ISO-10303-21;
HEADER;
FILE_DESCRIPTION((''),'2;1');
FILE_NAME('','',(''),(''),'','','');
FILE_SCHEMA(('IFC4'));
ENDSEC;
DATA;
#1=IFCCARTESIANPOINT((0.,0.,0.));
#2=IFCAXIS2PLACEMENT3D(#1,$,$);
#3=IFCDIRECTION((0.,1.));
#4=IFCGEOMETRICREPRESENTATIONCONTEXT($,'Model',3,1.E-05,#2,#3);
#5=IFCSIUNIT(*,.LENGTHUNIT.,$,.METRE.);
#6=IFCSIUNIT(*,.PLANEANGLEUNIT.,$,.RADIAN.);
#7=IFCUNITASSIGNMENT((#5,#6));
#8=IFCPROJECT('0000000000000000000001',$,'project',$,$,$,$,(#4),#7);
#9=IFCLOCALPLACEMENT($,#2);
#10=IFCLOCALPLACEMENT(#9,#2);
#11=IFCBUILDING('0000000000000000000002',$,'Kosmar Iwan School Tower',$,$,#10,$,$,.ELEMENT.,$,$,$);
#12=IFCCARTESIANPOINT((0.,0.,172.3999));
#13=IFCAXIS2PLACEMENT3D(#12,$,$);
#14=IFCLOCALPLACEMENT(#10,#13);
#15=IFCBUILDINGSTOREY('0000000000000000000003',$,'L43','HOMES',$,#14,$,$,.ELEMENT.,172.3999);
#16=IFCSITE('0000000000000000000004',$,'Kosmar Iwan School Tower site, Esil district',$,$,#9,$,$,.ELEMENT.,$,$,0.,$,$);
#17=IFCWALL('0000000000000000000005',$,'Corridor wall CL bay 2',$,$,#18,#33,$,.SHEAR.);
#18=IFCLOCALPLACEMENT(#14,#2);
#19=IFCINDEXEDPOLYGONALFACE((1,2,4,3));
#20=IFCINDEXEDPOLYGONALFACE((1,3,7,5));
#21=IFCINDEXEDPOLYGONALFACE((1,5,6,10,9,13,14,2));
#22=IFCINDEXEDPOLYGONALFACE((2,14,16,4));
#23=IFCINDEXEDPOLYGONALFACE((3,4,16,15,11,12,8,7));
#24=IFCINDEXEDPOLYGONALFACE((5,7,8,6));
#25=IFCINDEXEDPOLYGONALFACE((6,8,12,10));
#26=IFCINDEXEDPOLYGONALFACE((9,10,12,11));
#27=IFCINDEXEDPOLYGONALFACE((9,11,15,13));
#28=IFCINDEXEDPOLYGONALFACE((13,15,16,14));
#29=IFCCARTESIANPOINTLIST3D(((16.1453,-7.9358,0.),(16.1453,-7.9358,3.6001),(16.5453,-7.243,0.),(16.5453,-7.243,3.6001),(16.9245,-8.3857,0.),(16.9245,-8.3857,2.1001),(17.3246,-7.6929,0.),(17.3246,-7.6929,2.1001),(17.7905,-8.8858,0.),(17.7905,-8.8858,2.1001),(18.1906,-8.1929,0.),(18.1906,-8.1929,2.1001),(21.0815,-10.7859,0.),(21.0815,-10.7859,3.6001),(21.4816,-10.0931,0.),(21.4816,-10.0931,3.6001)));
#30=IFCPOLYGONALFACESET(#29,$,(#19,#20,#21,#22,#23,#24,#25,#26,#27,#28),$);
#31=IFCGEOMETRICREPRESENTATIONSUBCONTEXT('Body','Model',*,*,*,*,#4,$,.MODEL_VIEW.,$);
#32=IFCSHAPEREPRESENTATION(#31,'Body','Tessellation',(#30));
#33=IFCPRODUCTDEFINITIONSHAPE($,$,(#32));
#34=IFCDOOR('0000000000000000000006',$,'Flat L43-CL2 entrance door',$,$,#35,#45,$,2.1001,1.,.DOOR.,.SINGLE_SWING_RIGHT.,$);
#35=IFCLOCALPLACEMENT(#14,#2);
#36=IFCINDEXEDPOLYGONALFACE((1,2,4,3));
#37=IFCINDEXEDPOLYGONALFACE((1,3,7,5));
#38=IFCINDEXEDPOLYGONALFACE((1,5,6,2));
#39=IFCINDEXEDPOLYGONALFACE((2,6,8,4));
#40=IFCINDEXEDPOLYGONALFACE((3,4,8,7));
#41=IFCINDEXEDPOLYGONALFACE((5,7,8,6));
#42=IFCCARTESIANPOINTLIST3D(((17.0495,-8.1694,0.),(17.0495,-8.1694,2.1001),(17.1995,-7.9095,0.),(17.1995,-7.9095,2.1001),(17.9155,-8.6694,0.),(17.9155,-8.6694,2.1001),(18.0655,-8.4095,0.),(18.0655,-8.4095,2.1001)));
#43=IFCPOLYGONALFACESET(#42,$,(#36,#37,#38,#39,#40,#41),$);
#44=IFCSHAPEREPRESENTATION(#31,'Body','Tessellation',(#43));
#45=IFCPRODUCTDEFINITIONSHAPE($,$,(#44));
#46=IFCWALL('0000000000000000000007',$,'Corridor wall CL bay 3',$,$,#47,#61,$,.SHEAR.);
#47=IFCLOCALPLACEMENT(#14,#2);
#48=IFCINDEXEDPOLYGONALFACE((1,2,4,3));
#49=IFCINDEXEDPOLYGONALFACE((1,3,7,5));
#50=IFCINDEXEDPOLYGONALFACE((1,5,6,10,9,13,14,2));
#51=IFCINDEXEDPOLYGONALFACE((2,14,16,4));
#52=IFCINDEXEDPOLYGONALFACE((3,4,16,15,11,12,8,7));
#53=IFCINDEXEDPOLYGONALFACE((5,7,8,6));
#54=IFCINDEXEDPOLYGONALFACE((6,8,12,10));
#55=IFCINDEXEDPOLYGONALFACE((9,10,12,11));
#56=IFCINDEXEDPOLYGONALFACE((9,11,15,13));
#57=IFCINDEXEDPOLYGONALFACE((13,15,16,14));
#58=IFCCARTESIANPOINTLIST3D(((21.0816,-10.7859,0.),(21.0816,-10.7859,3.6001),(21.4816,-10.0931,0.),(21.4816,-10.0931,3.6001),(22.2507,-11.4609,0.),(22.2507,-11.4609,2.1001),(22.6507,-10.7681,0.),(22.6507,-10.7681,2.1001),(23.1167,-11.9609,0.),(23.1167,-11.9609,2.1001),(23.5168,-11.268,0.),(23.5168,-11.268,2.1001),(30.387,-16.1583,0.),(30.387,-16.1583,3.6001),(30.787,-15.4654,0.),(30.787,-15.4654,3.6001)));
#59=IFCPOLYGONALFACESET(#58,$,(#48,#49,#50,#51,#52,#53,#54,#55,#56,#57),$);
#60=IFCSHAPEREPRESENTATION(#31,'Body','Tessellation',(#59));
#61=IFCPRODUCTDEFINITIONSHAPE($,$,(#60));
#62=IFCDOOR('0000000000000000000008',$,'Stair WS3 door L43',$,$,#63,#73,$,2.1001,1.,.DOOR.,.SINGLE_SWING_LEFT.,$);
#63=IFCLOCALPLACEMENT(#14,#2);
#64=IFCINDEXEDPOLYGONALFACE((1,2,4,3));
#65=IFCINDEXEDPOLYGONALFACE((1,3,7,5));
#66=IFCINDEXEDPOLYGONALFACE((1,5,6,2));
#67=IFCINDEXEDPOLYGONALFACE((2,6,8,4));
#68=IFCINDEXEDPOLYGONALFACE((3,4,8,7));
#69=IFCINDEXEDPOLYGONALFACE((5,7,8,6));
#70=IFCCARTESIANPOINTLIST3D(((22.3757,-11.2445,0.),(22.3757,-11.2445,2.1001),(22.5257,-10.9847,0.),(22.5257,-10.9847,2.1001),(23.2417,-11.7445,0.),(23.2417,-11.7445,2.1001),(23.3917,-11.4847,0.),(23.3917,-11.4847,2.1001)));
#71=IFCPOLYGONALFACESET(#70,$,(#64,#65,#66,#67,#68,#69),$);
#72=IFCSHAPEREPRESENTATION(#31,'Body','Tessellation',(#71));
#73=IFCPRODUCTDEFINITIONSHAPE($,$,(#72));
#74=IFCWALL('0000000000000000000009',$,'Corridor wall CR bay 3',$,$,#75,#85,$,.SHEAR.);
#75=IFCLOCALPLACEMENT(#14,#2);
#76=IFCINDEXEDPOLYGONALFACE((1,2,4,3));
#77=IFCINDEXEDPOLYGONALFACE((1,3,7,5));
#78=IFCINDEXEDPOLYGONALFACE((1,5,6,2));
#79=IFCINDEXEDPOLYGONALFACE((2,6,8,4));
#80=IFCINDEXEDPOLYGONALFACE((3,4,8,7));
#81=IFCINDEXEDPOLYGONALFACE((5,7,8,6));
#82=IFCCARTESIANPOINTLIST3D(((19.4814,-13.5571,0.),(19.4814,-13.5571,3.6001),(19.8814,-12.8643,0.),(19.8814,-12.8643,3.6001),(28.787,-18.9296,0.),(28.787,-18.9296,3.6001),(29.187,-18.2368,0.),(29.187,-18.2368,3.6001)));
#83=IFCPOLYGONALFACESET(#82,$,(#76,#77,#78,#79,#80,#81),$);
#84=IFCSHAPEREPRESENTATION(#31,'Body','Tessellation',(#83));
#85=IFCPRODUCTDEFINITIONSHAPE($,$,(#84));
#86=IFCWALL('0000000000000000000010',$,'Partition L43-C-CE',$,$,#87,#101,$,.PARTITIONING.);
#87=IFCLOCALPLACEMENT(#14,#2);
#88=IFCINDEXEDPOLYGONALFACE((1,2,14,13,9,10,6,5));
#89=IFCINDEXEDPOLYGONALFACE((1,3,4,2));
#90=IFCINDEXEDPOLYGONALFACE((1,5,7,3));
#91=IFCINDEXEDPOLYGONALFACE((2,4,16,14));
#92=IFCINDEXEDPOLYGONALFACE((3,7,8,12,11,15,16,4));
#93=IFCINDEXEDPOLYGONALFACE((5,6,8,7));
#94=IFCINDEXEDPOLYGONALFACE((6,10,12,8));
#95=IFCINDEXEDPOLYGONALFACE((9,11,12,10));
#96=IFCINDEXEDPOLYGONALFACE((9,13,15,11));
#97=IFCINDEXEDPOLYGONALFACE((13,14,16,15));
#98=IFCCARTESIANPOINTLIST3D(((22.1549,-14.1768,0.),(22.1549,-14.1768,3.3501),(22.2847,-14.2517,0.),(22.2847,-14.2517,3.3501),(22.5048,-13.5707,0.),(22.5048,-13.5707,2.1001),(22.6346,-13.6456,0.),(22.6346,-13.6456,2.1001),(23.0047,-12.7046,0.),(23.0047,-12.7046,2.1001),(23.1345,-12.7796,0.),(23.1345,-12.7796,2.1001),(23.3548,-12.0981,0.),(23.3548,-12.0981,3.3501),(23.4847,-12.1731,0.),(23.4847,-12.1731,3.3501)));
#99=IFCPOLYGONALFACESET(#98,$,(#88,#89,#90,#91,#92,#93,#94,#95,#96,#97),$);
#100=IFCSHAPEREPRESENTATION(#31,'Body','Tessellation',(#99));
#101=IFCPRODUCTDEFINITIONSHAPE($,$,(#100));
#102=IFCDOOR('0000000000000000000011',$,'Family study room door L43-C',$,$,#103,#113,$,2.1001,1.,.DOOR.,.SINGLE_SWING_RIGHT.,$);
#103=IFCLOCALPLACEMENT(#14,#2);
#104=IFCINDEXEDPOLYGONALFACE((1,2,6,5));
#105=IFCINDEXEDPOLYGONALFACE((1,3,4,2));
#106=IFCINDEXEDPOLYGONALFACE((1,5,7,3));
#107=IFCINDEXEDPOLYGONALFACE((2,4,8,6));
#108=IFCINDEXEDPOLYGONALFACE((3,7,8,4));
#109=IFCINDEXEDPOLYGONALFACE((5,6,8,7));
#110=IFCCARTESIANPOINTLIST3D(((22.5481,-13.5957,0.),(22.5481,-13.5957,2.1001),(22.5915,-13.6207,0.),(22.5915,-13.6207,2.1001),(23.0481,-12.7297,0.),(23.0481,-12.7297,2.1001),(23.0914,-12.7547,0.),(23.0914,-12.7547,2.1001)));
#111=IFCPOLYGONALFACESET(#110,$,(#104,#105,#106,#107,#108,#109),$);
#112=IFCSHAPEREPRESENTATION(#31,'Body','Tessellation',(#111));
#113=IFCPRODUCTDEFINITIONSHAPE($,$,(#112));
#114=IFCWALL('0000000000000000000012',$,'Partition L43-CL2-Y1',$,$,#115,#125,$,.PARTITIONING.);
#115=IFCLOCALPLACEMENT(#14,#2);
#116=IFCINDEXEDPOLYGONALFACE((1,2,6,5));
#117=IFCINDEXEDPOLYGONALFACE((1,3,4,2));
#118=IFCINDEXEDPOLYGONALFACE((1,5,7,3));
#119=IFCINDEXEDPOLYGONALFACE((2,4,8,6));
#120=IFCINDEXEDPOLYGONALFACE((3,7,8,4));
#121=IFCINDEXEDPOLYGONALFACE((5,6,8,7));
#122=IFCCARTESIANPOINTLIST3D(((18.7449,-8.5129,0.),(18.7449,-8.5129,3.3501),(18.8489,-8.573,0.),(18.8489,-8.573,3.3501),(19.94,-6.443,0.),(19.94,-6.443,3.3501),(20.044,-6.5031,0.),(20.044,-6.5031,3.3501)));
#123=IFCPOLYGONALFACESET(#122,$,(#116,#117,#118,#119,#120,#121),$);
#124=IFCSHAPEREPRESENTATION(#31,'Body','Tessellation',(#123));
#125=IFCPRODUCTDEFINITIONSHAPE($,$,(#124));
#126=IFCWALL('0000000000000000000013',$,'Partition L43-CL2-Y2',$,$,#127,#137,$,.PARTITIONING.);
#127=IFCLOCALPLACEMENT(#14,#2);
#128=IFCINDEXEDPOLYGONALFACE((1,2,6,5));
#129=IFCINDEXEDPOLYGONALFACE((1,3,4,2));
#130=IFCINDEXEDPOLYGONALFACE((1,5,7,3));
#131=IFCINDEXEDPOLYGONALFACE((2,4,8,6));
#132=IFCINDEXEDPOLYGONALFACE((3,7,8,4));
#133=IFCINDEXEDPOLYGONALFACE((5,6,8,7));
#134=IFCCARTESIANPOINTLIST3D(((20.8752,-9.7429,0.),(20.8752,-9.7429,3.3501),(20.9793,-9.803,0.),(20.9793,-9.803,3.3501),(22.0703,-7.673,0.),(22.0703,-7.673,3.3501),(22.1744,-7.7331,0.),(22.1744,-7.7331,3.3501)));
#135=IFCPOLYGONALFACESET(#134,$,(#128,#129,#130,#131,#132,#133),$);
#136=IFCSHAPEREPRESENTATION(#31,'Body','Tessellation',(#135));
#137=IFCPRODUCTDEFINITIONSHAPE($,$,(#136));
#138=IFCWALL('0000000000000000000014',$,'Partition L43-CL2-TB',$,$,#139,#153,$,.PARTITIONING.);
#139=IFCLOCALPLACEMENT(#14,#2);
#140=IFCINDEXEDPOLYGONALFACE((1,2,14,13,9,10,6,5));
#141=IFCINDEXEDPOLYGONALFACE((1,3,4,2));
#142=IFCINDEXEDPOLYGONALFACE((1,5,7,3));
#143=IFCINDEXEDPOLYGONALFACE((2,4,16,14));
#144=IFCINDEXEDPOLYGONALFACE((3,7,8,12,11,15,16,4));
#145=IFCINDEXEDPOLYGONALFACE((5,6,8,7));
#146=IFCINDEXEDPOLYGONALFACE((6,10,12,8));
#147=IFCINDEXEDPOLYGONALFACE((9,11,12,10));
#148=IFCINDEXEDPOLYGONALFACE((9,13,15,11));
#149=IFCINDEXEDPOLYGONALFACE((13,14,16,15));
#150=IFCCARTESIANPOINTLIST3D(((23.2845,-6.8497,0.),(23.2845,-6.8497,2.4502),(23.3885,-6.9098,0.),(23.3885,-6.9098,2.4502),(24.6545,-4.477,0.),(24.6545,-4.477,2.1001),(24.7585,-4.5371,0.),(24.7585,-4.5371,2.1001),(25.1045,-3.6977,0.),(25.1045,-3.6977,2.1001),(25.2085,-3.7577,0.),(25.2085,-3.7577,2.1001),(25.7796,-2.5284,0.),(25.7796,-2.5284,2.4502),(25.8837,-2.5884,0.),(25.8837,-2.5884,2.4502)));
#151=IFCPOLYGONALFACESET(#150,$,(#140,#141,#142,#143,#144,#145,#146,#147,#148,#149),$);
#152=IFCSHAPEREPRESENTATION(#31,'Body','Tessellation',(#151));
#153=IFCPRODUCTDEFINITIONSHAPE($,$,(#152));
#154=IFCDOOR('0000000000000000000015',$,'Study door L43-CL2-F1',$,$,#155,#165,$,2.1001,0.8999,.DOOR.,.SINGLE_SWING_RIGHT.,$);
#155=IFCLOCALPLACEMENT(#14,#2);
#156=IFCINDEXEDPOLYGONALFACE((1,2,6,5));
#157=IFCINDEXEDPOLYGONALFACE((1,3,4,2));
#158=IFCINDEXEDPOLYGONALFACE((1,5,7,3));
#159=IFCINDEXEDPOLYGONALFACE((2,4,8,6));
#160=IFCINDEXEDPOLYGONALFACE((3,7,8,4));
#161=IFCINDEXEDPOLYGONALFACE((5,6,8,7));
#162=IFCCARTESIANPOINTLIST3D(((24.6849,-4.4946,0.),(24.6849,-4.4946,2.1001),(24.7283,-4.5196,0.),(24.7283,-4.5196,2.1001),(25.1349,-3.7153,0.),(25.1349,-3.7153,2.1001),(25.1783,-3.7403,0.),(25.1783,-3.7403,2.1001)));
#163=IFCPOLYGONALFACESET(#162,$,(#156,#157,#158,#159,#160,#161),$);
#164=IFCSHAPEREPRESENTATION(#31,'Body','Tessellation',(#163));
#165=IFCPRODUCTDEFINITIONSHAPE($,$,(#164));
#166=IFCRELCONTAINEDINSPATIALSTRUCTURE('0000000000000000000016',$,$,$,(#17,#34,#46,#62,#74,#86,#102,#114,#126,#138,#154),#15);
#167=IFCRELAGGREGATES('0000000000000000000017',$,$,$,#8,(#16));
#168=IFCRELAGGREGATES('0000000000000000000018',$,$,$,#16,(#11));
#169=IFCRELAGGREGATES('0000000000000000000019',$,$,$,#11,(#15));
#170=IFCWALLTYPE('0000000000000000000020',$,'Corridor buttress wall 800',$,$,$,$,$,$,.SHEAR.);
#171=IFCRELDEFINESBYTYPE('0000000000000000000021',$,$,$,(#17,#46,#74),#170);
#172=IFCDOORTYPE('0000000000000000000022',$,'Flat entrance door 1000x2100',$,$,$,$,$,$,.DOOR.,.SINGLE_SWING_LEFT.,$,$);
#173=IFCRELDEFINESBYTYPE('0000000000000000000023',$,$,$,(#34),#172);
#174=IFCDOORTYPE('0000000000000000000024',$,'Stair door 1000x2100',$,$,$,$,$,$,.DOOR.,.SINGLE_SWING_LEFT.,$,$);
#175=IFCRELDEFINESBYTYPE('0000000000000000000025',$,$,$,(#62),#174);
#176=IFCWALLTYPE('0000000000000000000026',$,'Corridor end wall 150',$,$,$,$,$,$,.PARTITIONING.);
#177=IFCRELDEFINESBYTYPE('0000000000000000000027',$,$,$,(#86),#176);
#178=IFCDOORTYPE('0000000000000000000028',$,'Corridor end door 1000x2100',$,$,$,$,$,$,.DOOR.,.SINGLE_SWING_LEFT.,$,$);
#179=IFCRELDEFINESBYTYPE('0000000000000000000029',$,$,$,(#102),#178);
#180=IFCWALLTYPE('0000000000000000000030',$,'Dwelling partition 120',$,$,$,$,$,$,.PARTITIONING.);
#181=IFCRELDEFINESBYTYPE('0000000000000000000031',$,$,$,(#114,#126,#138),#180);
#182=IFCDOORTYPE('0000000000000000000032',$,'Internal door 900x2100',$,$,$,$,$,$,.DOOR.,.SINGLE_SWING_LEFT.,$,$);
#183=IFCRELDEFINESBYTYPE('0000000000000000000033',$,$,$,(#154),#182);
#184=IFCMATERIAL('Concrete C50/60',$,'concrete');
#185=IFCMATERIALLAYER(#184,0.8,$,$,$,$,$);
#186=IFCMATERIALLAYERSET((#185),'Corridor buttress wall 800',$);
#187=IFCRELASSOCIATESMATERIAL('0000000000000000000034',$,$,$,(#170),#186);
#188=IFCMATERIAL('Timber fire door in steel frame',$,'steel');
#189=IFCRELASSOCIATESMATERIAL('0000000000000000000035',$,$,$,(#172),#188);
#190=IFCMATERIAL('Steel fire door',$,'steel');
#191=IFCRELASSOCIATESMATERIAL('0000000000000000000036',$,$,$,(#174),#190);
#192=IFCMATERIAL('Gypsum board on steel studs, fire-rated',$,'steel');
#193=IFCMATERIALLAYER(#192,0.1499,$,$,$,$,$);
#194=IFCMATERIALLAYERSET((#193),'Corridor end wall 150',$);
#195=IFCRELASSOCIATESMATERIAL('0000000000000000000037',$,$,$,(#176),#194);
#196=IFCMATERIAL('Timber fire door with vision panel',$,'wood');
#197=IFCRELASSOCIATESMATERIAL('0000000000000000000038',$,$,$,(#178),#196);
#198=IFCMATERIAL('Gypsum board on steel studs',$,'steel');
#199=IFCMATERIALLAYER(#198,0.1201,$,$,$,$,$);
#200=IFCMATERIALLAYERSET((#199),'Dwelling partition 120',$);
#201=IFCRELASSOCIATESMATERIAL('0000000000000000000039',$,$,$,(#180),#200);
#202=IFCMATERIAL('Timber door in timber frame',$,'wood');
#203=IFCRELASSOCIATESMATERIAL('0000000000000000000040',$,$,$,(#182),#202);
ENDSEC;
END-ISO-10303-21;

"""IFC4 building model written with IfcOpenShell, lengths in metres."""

from ifc_helpers import new_model, si_unit, direction, frame, frame_2d, origin, place, context, subcontext, project, spatial, rectangle, extrude, material, layer, layer_set, type_object, element, fill, save


model = new_model("IFC4")

# Units and contexts
model_context = context("Model", 3, precision=1e-05, world=origin(), true_north=direction((0.0, 1.0)))
body_context = subcontext(model_context, "Body", "Model", "MODEL_VIEW")
ifc_project = project(units=[si_unit("LENGTHUNIT", "METRE"), si_unit("PLANEANGLEUNIT", "RADIAN")], contexts=[model_context])

# Site, building, storey
site_placement = place(None, origin())
site = spatial("IfcSite", under=ifc_project, at=site_placement, Name="Kosmar Iwan School Tower site, Esil district", CompositionType="ELEMENT", RefElevation=0.0)
building_placement = place(site_placement, origin())
building = spatial("IfcBuilding", under=site, at=building_placement, Name="Kosmar Iwan School Tower", CompositionType="ELEMENT")
storey_placement = place(building_placement, frame((0.0, 0.0, 172.3999)))
storey = spatial("IfcBuildingStorey", under=building, at=storey_placement, Name="L43", Description="HOMES", CompositionType="ELEMENT", Elevation=172.3999)

# Walls, openings, doors
ifc_material_1 = material(Name="Concrete C50/60", Category="concrete")
ifc_layer_1 = layer(ifc_material_1, 0.8)
ifc_layer_set_1 = layer_set([ifc_layer_1], Name="Corridor buttress wall 800")
wall_type_1 = type_object("IfcWallType", Name="Corridor buttress wall 800", PredefinedType="SHEAR", material=ifc_layer_set_1)
wall_1_placement = place(storey_placement, frame((16.3452, -7.5894, 0.0), z_axis=(0.0, 0.0, 1.0), x_axis=(0.866015, -0.500018, 0.0)))
wall_1 = element("IfcWall", 1, at=wall_1_placement, inside=storey, type_object=wall_type_1, Name="Corridor wall CL bay 2", PredefinedType="SHEAR", context=body_context, shape_type="SweptSolid", body=[
    extrude(rectangle(XDim=5.7, YDim=0.8, at=frame_2d((2.8501, 0.0))), origin(), (0.0, 0.0, 1.0), 3.6001),
])
opening_1_placement = place(wall_1_placement, frame((0.8999, 0.0, 0.0)))
opening_1 = element("IfcOpeningElement", 2, at=opening_1_placement, cuts=wall_1, PredefinedType="OPENING", context=body_context, shape_type="SweptSolid", body=[
    extrude(rectangle(XDim=1.0, YDim=2.1001, at=frame_2d((0.5, 1.05))), frame((0.0, 0.4121, 0.0), z_axis=(0.0, -1.0, 0.0), x_axis=(1.0, 0.0, 0.0)), (0.0, 0.0, 1.0), 0.824),
])
ifc_material_2 = material(Name="Timber fire door in steel frame", Category="steel")
door_type_1 = type_object("IfcDoorType", Name="Flat entrance door 1000x2100", OperationType="SINGLE_SWING_LEFT", PredefinedType="DOOR", material=ifc_material_2)
door_1_placement = place(opening_1_placement, origin())
door_1 = element("IfcDoor", 3, at=door_1_placement, inside=storey, type_object=door_type_1, Name="Flat L43-CL2 entrance door", OperationType="SINGLE_SWING_RIGHT", OverallHeight=2.1001, OverallWidth=1.0, PredefinedType="DOOR", context=body_context, shape_type="SweptSolid", body=[
    extrude(rectangle(XDim=1.0, YDim=2.1001, at=frame_2d((0.5, 1.05))), frame((0.0, 0.1499, 0.0), z_axis=(0.0, -1.0, 0.0), x_axis=(1.0, 0.0, 0.0)), (0.0, 0.0, 1.0), 0.3),
])
fill(opening_1, door_1)
wall_2_placement = place(storey_placement, frame((21.2815, -10.4395, 0.0), z_axis=(0.0, 0.0, 1.0), x_axis=(0.866032, -0.499988, 0.0)))
wall_2 = element("IfcWall", 4, at=wall_2_placement, inside=storey, type_object=wall_type_1, Name="Corridor wall CL bay 3", PredefinedType="SHEAR", context=body_context, shape_type="SweptSolid", body=[
    extrude(rectangle(XDim=10.7449, YDim=0.8, at=frame_2d((5.3726, 0.0))), origin(), (0.0, 0.0, 1.0), 3.6001),
])
opening_2_placement = place(wall_2_placement, frame((1.3501, 0.0, 0.0)))
opening_2 = element("IfcOpeningElement", 5, at=opening_2_placement, cuts=wall_2, PredefinedType="OPENING", context=body_context, shape_type="SweptSolid", body=[
    extrude(rectangle(XDim=1.0, YDim=2.1001, at=frame_2d((0.5, 1.05))), frame((0.0, 0.4121, 0.0), z_axis=(0.0, -1.0, 0.0), x_axis=(1.0, 0.0, 0.0)), (0.0, 0.0, 1.0), 0.824),
])
ifc_material_3 = material(Name="Steel fire door", Category="steel")
door_type_2 = type_object("IfcDoorType", Name="Stair door 1000x2100", OperationType="SINGLE_SWING_LEFT", PredefinedType="DOOR", material=ifc_material_3)
door_2_placement = place(opening_2_placement, origin())
door_2 = element("IfcDoor", 6, at=door_2_placement, inside=storey, type_object=door_type_2, Name="Stair WS3 door L43", OperationType="SINGLE_SWING_LEFT", OverallHeight=2.1001, OverallWidth=1.0, PredefinedType="DOOR", context=body_context, shape_type="SweptSolid", body=[
    extrude(rectangle(XDim=1.0, YDim=2.1001, at=frame_2d((0.5, 1.05))), frame((0.0, 0.1499, 0.0), z_axis=(0.0, -1.0, 0.0), x_axis=(1.0, 0.0, 0.0)), (0.0, 0.0, 1.0), 0.3),
])
fill(opening_2, door_2)

# Wall
wall_3_placement = place(storey_placement, frame((19.6814, -13.2107, 0.0), z_axis=(0.0, 0.0, 1.0), x_axis=(0.866028, -0.499995, 0.0)))
element("IfcWall", 7, at=wall_3_placement, inside=storey, type_object=wall_type_1, Name="Corridor wall CR bay 3", PredefinedType="SHEAR", context=body_context, shape_type="SweptSolid", body=[
    extrude(rectangle(XDim=10.7451, YDim=0.8, at=frame_2d((5.3726, 0.0))), origin(), (0.0, 0.0, 1.0), 3.6001),
])

# Wall, opening, door
ifc_material_4 = material(Name="Gypsum board on steel studs, fire-rated", Category="steel")
ifc_layer_2 = layer(ifc_material_4, 0.1499)
ifc_layer_set_2 = layer_set([ifc_layer_2], Name="Corridor end wall 150")
wall_type_2 = type_object("IfcWallType", Name="Corridor end wall 150", PredefinedType="PARTITIONING", material=ifc_layer_set_2)
wall_4_placement = place(storey_placement, frame((22.2197, -14.2144, 0.0), z_axis=(0.0, 0.0, 1.0), x_axis=(0.499957, 0.86605, 0.0)))
wall_4 = element("IfcWall", 8, at=wall_4_placement, inside=storey, type_object=wall_type_2, Name="Partition L43-C-CE", PredefinedType="PARTITIONING", context=body_context, shape_type="SweptSolid", body=[
    extrude(rectangle(XDim=2.4001, YDim=0.1499, at=frame_2d((1.2002, 0.0))), origin(), (0.0, 0.0, 1.0), 3.3501),
])
opening_3_placement = place(wall_4_placement, frame((0.7, 0.0, 0.0)))
opening_3 = element("IfcOpeningElement", 9, at=opening_3_placement, cuts=wall_4, PredefinedType="OPENING", context=body_context, shape_type="SweptSolid", body=[
    extrude(rectangle(XDim=1.0, YDim=2.1001, at=frame_2d((0.5, 1.05))), frame((0.0, 0.0869, 0.0), z_axis=(0.0, -1.0, 0.0), x_axis=(1.0, 0.0, 0.0)), (0.0, 0.0, 1.0), 0.1738),
])
ifc_material_5 = material(Name="Timber fire door with vision panel", Category="wood")
door_type_3 = type_object("IfcDoorType", Name="Corridor end door 1000x2100", OperationType="SINGLE_SWING_LEFT", PredefinedType="DOOR", material=ifc_material_5)
door_3_placement = place(opening_3_placement, origin())
door_3 = element("IfcDoor", 10, at=door_3_placement, inside=storey, type_object=door_type_3, Name="Family study room door L43-C", OperationType="SINGLE_SWING_RIGHT", OverallHeight=2.1001, OverallWidth=1.0, PredefinedType="DOOR", context=body_context, shape_type="SweptSolid", body=[
    extrude(rectangle(XDim=1.0, YDim=2.1001, at=frame_2d((0.5, 1.05))), frame((0.0, 0.0249, 0.0), z_axis=(0.0, -1.0, 0.0), x_axis=(1.0, 0.0, 0.0)), (0.0, 0.0, 1.0), 0.05),
])
fill(opening_3, door_3)

# Walls
ifc_material_6 = material(Name="Gypsum board on steel studs", Category="steel")
ifc_layer_3 = layer(ifc_material_6, 0.1201)
ifc_layer_set_3 = layer_set([ifc_layer_3], Name="Dwelling partition 120")
wall_type_3 = type_object("IfcWallType", Name="Dwelling partition 120", PredefinedType="PARTITIONING", material=ifc_layer_set_3)
for number, where, z_axis, x_axis, name in (
    (11, (18.7969, -8.543, 0.0), (0.0, 0.0, 1.0), (0.500017, 0.866015, 0.0), "Partition L43-CL2-Y1"),
    (12, (20.9272, -9.7729, 0.0), (0.0, 0.0, 1.0), (0.500017, 0.866015, 0.0), "Partition L43-CL2-Y2"),
):
    element("IfcWall", number, at=place(storey_placement, frame(where, z_axis=z_axis, x_axis=x_axis)), inside=storey, type_object=wall_type_3, Name=name, PredefinedType="PARTITIONING", context=body_context, shape_type="SweptSolid", body=[
        extrude(rectangle(XDim=2.3901, YDim=0.1201, at=frame_2d((1.1951, 0.0))), origin(), (0.0, 0.0, 1.0), 3.3501),
    ])

# Wall, opening, door
wall_5_placement = place(storey_placement, frame((23.3364, -6.8799, 0.0), z_axis=(0.0, 0.0, 1.0), x_axis=(0.500033, 0.866006, 0.0)))
wall_5 = element("IfcWall", 13, at=wall_5_placement, inside=storey, type_object=wall_type_3, Name="Partition L43-CL2-TB", PredefinedType="PARTITIONING", context=body_context, shape_type="SweptSolid", body=[
    extrude(rectangle(XDim=4.99, YDim=0.1201, at=frame_2d((2.4951, 0.0))), origin(), (0.0, 0.0, 1.0), 2.4502),
])
opening_4_placement = place(wall_5_placement, frame((2.74, 0.0, 0.0)))
opening_4 = element("IfcOpeningElement", 14, at=opening_4_placement, cuts=wall_5, PredefinedType="OPENING", context=body_context, shape_type="SweptSolid", body=[
    extrude(rectangle(XDim=0.8999, YDim=2.1001, at=frame_2d((0.45, 1.05))), frame((0.0, 0.072, 0.0), z_axis=(0.0, -1.0, 0.0), x_axis=(1.0, 0.0, 0.0)), (0.0, 0.0, 1.0), 0.144),
])
ifc_material_7 = material(Name="Timber door in timber frame", Category="wood")
door_type_4 = type_object("IfcDoorType", Name="Internal door 900x2100", OperationType="SINGLE_SWING_LEFT", PredefinedType="DOOR", material=ifc_material_7)
door_4_placement = place(opening_4_placement, origin())
door_4 = element("IfcDoor", 15, at=door_4_placement, inside=storey, type_object=door_type_4, Name="Study door L43-CL2-F1", OperationType="SINGLE_SWING_RIGHT", OverallHeight=2.1001, OverallWidth=0.8999, PredefinedType="DOOR", context=body_context, shape_type="SweptSolid", body=[
    extrude(rectangle(XDim=0.8999, YDim=2.1001, at=frame_2d((0.45, 1.05))), frame((0.0, 0.0249, 0.0), z_axis=(0.0, -1.0, 0.0), x_axis=(1.0, 0.0, 0.0)), (0.0, 0.0, 1.0), 0.05),
])
fill(opening_4, door_4)

save(model, "model.ifc")
